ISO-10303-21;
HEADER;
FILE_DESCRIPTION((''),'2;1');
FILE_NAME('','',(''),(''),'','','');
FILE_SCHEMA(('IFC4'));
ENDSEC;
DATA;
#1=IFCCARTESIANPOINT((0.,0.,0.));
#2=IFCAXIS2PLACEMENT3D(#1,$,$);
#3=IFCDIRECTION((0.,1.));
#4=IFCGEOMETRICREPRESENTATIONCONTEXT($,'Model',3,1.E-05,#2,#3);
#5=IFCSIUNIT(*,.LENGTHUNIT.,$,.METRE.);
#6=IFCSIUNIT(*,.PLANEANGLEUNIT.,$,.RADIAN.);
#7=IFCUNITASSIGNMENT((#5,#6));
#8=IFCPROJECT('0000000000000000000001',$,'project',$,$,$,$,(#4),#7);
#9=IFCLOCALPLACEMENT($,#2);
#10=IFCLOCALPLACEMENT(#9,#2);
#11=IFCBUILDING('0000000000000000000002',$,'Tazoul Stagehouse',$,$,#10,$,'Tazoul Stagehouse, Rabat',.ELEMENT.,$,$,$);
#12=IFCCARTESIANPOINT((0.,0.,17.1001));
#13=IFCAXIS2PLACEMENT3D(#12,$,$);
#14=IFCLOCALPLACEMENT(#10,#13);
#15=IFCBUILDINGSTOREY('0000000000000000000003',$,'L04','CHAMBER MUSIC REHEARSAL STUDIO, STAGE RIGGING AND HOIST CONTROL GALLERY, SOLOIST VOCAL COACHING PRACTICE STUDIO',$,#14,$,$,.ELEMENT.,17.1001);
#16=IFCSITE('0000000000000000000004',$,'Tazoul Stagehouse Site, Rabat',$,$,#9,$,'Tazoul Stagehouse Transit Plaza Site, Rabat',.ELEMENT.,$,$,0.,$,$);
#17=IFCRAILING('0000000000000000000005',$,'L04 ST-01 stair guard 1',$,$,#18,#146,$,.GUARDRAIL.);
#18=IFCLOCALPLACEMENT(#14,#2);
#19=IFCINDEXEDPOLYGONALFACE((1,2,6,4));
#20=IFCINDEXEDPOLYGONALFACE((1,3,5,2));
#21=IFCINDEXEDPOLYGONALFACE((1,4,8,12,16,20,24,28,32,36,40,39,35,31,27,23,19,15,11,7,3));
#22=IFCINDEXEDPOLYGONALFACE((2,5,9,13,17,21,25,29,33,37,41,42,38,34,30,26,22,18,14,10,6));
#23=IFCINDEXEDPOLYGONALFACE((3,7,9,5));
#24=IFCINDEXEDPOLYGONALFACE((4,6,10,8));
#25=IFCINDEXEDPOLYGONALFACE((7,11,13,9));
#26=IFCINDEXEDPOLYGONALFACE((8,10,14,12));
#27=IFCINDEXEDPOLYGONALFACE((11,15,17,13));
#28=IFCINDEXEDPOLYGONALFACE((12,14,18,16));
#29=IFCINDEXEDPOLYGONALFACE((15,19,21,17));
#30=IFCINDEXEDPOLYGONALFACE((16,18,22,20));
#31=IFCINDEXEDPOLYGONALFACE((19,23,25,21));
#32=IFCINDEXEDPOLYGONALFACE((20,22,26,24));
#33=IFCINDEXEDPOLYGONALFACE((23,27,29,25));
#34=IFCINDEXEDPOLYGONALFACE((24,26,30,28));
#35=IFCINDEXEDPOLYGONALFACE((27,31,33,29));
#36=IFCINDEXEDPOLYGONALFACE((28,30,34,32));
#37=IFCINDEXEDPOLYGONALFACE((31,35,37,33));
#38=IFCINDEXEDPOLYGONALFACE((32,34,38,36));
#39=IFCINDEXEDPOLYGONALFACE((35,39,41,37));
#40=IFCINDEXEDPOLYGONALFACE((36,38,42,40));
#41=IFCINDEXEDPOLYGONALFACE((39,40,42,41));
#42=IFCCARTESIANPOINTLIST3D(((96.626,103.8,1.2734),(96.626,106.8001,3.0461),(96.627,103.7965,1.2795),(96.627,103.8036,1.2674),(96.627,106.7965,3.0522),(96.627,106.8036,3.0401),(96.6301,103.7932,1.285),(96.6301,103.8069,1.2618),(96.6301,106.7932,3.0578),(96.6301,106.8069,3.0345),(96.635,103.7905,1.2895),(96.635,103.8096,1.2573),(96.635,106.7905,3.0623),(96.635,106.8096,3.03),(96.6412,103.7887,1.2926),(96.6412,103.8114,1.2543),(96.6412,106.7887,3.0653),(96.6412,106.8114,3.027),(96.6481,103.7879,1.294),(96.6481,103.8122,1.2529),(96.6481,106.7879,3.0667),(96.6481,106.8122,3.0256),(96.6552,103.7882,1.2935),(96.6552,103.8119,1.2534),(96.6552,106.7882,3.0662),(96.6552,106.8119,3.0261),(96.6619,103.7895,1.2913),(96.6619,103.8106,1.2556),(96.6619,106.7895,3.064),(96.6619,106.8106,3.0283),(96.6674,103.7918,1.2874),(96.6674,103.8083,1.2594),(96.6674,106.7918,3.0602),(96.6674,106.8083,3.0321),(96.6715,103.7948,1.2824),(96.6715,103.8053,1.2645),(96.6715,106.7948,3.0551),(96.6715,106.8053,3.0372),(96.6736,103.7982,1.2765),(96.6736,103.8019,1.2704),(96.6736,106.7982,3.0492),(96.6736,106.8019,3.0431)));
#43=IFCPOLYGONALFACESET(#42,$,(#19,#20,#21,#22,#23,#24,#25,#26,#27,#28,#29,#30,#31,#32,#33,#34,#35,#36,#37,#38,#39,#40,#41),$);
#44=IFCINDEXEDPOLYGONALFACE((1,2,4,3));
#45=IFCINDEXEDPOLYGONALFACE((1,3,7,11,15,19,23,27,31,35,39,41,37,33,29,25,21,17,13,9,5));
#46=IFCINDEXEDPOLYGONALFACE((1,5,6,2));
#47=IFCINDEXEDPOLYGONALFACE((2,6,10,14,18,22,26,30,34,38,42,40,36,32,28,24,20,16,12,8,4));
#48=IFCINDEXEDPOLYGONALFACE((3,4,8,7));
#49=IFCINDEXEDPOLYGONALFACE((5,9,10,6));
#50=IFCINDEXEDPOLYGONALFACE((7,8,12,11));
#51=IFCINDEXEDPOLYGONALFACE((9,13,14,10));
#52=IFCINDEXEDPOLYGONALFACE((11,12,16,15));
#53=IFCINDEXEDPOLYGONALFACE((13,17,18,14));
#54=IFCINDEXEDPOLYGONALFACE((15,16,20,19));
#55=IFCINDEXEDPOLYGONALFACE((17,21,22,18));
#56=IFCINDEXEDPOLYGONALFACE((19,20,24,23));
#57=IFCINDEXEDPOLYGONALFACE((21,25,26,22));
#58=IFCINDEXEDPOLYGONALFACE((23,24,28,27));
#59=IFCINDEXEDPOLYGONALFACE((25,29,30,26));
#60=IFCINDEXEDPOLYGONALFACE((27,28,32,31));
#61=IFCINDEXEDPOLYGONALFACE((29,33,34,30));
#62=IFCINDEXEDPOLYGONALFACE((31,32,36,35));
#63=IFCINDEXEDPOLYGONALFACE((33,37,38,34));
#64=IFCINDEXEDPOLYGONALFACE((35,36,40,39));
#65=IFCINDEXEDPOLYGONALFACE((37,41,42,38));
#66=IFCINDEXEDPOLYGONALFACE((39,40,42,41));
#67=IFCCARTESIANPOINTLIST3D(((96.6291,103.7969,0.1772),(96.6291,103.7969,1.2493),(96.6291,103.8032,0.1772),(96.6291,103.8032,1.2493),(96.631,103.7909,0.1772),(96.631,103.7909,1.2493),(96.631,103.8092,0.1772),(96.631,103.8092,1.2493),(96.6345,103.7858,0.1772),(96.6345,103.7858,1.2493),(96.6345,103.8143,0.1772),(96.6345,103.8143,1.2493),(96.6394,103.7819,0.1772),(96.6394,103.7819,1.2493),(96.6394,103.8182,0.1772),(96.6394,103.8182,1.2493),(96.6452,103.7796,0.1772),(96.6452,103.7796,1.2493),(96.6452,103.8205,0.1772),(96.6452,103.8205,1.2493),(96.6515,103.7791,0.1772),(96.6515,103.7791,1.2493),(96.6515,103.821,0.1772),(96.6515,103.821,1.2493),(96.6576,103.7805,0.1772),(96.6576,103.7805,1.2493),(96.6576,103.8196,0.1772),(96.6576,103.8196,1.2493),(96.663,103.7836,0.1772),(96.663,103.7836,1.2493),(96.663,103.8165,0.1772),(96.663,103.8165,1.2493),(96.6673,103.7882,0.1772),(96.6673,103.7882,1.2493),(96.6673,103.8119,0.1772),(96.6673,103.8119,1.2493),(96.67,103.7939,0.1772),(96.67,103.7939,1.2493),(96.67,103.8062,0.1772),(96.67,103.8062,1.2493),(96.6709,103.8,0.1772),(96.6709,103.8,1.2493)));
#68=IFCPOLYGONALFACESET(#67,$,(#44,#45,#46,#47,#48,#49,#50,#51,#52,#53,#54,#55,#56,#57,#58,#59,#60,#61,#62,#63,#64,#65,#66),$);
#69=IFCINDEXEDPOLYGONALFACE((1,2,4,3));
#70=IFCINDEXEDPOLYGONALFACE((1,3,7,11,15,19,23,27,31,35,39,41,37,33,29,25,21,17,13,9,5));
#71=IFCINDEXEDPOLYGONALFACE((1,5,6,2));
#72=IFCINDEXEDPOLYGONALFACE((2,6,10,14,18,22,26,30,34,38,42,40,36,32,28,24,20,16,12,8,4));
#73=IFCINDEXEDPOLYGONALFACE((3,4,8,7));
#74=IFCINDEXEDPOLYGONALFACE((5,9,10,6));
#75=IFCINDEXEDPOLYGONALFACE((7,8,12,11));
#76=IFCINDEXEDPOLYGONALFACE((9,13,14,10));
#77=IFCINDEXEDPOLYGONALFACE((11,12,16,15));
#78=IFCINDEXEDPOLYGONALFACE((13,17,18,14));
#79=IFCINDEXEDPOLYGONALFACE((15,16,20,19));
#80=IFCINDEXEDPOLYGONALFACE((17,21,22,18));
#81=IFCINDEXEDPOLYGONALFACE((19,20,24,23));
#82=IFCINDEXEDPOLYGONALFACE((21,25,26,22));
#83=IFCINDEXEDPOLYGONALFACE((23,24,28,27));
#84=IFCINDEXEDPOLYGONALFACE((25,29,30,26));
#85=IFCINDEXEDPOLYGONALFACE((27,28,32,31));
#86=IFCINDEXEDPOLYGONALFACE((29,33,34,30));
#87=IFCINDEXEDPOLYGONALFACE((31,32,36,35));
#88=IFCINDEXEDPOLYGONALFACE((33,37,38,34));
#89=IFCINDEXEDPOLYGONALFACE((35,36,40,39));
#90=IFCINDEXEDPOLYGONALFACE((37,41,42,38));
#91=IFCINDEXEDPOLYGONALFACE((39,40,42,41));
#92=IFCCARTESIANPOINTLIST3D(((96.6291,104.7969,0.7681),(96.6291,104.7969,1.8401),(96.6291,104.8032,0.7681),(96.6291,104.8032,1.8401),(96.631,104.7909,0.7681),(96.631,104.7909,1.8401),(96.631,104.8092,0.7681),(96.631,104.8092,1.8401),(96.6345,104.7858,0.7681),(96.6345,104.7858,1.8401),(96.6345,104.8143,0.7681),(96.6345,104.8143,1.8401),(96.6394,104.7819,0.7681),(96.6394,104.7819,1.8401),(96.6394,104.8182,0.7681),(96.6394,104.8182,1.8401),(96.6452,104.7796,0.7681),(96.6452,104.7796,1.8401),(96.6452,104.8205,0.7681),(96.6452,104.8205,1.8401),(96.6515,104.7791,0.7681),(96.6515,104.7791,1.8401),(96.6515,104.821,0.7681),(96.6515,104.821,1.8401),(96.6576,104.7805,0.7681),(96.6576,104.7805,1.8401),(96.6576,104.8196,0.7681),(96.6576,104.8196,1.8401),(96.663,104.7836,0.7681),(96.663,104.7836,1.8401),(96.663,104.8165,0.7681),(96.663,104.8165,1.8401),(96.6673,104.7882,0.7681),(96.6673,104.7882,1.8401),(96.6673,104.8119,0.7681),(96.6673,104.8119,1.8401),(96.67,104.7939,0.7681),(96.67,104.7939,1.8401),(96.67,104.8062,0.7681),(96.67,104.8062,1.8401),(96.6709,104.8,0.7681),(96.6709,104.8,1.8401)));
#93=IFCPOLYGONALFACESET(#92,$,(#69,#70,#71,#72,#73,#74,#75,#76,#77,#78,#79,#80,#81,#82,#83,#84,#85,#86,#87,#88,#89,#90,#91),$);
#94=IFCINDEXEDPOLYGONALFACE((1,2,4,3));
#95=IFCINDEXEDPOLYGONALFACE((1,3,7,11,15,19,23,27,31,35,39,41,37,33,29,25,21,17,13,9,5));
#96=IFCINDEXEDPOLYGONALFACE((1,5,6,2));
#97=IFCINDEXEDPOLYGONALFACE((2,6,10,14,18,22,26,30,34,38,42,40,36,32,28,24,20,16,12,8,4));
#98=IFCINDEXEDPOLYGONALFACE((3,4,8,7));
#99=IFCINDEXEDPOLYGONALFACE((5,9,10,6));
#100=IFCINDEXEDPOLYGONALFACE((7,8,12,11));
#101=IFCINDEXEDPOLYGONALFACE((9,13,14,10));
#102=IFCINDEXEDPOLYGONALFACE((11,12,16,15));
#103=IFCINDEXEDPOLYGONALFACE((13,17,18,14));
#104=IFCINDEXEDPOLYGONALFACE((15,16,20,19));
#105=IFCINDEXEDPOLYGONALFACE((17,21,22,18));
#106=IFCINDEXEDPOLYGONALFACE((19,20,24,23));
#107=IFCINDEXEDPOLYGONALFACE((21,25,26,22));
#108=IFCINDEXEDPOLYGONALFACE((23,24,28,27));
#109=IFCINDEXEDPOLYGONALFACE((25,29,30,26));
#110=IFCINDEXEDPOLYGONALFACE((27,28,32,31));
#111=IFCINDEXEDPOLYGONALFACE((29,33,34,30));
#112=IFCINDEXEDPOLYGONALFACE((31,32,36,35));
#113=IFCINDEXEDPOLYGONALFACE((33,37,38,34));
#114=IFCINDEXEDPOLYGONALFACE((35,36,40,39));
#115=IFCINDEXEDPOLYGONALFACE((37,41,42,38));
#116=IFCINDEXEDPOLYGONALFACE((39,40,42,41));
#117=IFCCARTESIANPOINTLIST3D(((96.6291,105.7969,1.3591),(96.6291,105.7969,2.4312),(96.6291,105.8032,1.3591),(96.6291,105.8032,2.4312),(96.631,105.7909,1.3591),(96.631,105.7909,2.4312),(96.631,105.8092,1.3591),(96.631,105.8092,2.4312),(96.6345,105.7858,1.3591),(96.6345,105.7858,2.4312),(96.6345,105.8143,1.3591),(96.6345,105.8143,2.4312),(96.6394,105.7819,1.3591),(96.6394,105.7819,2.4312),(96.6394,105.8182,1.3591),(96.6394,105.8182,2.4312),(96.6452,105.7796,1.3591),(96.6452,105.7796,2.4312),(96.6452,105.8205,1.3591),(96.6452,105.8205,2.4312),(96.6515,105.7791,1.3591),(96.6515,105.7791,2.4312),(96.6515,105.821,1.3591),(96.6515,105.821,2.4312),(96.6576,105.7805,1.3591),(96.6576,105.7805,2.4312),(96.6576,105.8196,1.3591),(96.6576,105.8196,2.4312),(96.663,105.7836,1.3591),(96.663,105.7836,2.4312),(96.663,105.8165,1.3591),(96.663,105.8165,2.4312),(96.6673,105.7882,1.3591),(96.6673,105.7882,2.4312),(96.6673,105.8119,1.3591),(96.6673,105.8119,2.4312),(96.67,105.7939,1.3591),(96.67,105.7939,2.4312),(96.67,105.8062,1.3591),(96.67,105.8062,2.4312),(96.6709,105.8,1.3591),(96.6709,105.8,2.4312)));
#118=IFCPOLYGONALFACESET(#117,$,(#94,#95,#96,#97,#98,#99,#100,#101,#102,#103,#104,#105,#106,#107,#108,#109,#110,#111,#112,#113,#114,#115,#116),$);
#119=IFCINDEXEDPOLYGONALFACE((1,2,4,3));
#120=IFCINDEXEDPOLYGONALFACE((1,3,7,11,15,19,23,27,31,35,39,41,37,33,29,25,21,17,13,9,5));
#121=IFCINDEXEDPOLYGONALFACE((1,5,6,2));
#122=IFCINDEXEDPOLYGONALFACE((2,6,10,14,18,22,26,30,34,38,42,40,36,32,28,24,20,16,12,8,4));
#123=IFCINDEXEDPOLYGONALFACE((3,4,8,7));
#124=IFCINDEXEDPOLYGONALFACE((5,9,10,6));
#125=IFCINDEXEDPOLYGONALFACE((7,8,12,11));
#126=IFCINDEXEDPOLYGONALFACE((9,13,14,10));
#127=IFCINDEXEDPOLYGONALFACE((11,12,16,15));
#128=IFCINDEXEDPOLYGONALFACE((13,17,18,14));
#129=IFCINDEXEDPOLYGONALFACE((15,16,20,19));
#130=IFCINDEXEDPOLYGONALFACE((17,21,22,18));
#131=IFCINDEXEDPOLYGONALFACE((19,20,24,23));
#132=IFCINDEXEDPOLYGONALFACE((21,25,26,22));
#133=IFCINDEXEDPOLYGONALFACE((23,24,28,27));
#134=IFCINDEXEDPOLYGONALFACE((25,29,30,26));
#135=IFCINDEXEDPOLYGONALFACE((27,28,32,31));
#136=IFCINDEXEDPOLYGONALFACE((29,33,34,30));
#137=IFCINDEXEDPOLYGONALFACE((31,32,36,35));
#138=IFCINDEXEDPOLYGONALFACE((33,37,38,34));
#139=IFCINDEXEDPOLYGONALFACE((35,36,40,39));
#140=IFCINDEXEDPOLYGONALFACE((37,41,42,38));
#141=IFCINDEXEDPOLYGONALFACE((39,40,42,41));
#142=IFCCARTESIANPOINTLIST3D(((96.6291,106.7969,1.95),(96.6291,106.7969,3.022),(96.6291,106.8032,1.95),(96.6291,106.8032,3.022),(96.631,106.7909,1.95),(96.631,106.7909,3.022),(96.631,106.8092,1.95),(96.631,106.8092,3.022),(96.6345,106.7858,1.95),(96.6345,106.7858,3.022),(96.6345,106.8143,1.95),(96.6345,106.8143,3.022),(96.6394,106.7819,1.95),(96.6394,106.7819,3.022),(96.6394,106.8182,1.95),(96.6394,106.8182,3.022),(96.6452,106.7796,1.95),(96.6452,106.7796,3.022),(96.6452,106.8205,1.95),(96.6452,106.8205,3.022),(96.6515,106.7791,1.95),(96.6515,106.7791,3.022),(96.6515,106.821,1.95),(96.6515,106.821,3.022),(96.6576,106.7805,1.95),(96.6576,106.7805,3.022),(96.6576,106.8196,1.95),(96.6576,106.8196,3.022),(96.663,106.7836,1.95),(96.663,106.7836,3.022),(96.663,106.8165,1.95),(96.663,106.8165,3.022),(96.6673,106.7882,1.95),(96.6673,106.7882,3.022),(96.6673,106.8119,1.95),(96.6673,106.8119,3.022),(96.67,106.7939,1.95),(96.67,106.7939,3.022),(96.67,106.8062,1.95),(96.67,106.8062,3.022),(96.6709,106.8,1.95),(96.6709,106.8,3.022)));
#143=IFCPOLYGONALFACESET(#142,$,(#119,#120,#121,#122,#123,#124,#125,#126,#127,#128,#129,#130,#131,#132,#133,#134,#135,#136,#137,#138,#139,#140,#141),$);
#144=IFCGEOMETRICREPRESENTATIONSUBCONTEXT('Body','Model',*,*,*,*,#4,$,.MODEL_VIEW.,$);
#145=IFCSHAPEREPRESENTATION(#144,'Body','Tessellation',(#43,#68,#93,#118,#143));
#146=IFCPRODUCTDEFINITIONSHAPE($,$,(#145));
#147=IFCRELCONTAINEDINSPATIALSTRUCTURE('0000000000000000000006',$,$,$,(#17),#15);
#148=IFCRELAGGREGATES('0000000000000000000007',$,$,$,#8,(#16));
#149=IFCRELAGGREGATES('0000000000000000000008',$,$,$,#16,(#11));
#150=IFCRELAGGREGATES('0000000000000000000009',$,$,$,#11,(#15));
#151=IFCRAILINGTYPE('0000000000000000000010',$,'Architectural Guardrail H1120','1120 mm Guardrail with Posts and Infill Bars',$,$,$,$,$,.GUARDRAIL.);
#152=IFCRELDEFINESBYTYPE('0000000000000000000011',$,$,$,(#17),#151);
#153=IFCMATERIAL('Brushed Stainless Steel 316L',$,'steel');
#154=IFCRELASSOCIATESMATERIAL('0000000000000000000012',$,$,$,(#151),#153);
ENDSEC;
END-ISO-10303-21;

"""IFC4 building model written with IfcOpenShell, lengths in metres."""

from ifc_helpers import new_model, si_unit, direction, frame, origin, origin_2d, place, context, subcontext, project, spatial, circle, extrude, material, material_profile, profile_set, type_object, element, save


model = new_model("IFC4")

# Units and contexts
model_context = context("Model", 3, precision=1e-05, world=origin(), true_north=direction((0.0, 1.0)))
body_context = subcontext(model_context, "Body", "Model", "MODEL_VIEW")
ifc_project = project(units=[si_unit("LENGTHUNIT", "METRE"), si_unit("PLANEANGLEUNIT", "RADIAN")], contexts=[model_context])

# Site, building, storey
site_placement = place(None, origin())
site = spatial("IfcSite", under=ifc_project, at=site_placement, Name="Tazoul Stagehouse Site, Rabat", LongName="Tazoul Stagehouse Transit Plaza Site, Rabat", CompositionType="ELEMENT", RefElevation=0.0)
building_placement = place(site_placement, origin())
building = spatial("IfcBuilding", under=site, at=building_placement, Name="Tazoul Stagehouse", LongName="Tazoul Stagehouse, Rabat", CompositionType="ELEMENT")
storey_placement = place(building_placement, frame((0.0, 0.0, 17.1001)))
storey = spatial("IfcBuildingStorey", under=building, at=storey_placement, Name="L04", Description="CHAMBER MUSIC REHEARSAL STUDIO, STAGE RIGGING AND HOIST CONTROL GALLERY, SOLOIST VOCAL COACHING PRACTICE STUDIO", CompositionType="ELEMENT", Elevation=17.1001)

# Railing
ifc_material_1 = material(Name="Brushed Stainless Steel 316L", Category="steel")
ifc_material_profile_1 = material_profile(ifc_material_1, circle(Radius=0.0239, at=origin_2d()), Name="SS RAIL D48")
ifc_profile_set_1 = profile_set([ifc_material_profile_1], Name="Brushed Stainless Steel 316L")
railing_type_1 = type_object("IfcRailingType", Name="Architectural Guardrail H1120", Description="1120 mm Guardrail with Posts and Infill Bars", PredefinedType="GUARDRAIL", material=ifc_profile_set_1)
railing_1_placement = place(storey_placement, frame((96.6499, 103.8, 0.1772)))
element("IfcRailing", 1, at=railing_1_placement, inside=storey, type_object=railing_type_1, Name="L04 ST-01 stair guard 1", PredefinedType="GUARDRAIL", context=body_context, shape_type="SweptSolid", body=[
    extrude(circle(Radius=0.0239, at=origin_2d()), frame((0.0, 0.0, 1.0962), z_axis=(0.0, 0.860929, 0.508725), x_axis=(-1.0, 0.0, 0.0)), (0.0, 0.0, 1.0), 3.4846),
    extrude(circle(Radius=0.021, at=origin_2d()), origin(), (0.0, 0.0, 1.0), 1.072),
    extrude(circle(Radius=0.021, at=origin_2d()), frame((0.0, 1.0, 0.5908)), (0.0, 0.0, 1.0), 1.072),
    extrude(circle(Radius=0.021, at=origin_2d()), frame((0.0, 2.0, 1.1819)), (0.0, 0.0, 1.0), 1.072),
    extrude(circle(Radius=0.021, at=origin_2d()), frame((0.0, 3.0, 1.7727)), (0.0, 0.0, 1.0), 1.072),
])

save(model, "model.ifc")
